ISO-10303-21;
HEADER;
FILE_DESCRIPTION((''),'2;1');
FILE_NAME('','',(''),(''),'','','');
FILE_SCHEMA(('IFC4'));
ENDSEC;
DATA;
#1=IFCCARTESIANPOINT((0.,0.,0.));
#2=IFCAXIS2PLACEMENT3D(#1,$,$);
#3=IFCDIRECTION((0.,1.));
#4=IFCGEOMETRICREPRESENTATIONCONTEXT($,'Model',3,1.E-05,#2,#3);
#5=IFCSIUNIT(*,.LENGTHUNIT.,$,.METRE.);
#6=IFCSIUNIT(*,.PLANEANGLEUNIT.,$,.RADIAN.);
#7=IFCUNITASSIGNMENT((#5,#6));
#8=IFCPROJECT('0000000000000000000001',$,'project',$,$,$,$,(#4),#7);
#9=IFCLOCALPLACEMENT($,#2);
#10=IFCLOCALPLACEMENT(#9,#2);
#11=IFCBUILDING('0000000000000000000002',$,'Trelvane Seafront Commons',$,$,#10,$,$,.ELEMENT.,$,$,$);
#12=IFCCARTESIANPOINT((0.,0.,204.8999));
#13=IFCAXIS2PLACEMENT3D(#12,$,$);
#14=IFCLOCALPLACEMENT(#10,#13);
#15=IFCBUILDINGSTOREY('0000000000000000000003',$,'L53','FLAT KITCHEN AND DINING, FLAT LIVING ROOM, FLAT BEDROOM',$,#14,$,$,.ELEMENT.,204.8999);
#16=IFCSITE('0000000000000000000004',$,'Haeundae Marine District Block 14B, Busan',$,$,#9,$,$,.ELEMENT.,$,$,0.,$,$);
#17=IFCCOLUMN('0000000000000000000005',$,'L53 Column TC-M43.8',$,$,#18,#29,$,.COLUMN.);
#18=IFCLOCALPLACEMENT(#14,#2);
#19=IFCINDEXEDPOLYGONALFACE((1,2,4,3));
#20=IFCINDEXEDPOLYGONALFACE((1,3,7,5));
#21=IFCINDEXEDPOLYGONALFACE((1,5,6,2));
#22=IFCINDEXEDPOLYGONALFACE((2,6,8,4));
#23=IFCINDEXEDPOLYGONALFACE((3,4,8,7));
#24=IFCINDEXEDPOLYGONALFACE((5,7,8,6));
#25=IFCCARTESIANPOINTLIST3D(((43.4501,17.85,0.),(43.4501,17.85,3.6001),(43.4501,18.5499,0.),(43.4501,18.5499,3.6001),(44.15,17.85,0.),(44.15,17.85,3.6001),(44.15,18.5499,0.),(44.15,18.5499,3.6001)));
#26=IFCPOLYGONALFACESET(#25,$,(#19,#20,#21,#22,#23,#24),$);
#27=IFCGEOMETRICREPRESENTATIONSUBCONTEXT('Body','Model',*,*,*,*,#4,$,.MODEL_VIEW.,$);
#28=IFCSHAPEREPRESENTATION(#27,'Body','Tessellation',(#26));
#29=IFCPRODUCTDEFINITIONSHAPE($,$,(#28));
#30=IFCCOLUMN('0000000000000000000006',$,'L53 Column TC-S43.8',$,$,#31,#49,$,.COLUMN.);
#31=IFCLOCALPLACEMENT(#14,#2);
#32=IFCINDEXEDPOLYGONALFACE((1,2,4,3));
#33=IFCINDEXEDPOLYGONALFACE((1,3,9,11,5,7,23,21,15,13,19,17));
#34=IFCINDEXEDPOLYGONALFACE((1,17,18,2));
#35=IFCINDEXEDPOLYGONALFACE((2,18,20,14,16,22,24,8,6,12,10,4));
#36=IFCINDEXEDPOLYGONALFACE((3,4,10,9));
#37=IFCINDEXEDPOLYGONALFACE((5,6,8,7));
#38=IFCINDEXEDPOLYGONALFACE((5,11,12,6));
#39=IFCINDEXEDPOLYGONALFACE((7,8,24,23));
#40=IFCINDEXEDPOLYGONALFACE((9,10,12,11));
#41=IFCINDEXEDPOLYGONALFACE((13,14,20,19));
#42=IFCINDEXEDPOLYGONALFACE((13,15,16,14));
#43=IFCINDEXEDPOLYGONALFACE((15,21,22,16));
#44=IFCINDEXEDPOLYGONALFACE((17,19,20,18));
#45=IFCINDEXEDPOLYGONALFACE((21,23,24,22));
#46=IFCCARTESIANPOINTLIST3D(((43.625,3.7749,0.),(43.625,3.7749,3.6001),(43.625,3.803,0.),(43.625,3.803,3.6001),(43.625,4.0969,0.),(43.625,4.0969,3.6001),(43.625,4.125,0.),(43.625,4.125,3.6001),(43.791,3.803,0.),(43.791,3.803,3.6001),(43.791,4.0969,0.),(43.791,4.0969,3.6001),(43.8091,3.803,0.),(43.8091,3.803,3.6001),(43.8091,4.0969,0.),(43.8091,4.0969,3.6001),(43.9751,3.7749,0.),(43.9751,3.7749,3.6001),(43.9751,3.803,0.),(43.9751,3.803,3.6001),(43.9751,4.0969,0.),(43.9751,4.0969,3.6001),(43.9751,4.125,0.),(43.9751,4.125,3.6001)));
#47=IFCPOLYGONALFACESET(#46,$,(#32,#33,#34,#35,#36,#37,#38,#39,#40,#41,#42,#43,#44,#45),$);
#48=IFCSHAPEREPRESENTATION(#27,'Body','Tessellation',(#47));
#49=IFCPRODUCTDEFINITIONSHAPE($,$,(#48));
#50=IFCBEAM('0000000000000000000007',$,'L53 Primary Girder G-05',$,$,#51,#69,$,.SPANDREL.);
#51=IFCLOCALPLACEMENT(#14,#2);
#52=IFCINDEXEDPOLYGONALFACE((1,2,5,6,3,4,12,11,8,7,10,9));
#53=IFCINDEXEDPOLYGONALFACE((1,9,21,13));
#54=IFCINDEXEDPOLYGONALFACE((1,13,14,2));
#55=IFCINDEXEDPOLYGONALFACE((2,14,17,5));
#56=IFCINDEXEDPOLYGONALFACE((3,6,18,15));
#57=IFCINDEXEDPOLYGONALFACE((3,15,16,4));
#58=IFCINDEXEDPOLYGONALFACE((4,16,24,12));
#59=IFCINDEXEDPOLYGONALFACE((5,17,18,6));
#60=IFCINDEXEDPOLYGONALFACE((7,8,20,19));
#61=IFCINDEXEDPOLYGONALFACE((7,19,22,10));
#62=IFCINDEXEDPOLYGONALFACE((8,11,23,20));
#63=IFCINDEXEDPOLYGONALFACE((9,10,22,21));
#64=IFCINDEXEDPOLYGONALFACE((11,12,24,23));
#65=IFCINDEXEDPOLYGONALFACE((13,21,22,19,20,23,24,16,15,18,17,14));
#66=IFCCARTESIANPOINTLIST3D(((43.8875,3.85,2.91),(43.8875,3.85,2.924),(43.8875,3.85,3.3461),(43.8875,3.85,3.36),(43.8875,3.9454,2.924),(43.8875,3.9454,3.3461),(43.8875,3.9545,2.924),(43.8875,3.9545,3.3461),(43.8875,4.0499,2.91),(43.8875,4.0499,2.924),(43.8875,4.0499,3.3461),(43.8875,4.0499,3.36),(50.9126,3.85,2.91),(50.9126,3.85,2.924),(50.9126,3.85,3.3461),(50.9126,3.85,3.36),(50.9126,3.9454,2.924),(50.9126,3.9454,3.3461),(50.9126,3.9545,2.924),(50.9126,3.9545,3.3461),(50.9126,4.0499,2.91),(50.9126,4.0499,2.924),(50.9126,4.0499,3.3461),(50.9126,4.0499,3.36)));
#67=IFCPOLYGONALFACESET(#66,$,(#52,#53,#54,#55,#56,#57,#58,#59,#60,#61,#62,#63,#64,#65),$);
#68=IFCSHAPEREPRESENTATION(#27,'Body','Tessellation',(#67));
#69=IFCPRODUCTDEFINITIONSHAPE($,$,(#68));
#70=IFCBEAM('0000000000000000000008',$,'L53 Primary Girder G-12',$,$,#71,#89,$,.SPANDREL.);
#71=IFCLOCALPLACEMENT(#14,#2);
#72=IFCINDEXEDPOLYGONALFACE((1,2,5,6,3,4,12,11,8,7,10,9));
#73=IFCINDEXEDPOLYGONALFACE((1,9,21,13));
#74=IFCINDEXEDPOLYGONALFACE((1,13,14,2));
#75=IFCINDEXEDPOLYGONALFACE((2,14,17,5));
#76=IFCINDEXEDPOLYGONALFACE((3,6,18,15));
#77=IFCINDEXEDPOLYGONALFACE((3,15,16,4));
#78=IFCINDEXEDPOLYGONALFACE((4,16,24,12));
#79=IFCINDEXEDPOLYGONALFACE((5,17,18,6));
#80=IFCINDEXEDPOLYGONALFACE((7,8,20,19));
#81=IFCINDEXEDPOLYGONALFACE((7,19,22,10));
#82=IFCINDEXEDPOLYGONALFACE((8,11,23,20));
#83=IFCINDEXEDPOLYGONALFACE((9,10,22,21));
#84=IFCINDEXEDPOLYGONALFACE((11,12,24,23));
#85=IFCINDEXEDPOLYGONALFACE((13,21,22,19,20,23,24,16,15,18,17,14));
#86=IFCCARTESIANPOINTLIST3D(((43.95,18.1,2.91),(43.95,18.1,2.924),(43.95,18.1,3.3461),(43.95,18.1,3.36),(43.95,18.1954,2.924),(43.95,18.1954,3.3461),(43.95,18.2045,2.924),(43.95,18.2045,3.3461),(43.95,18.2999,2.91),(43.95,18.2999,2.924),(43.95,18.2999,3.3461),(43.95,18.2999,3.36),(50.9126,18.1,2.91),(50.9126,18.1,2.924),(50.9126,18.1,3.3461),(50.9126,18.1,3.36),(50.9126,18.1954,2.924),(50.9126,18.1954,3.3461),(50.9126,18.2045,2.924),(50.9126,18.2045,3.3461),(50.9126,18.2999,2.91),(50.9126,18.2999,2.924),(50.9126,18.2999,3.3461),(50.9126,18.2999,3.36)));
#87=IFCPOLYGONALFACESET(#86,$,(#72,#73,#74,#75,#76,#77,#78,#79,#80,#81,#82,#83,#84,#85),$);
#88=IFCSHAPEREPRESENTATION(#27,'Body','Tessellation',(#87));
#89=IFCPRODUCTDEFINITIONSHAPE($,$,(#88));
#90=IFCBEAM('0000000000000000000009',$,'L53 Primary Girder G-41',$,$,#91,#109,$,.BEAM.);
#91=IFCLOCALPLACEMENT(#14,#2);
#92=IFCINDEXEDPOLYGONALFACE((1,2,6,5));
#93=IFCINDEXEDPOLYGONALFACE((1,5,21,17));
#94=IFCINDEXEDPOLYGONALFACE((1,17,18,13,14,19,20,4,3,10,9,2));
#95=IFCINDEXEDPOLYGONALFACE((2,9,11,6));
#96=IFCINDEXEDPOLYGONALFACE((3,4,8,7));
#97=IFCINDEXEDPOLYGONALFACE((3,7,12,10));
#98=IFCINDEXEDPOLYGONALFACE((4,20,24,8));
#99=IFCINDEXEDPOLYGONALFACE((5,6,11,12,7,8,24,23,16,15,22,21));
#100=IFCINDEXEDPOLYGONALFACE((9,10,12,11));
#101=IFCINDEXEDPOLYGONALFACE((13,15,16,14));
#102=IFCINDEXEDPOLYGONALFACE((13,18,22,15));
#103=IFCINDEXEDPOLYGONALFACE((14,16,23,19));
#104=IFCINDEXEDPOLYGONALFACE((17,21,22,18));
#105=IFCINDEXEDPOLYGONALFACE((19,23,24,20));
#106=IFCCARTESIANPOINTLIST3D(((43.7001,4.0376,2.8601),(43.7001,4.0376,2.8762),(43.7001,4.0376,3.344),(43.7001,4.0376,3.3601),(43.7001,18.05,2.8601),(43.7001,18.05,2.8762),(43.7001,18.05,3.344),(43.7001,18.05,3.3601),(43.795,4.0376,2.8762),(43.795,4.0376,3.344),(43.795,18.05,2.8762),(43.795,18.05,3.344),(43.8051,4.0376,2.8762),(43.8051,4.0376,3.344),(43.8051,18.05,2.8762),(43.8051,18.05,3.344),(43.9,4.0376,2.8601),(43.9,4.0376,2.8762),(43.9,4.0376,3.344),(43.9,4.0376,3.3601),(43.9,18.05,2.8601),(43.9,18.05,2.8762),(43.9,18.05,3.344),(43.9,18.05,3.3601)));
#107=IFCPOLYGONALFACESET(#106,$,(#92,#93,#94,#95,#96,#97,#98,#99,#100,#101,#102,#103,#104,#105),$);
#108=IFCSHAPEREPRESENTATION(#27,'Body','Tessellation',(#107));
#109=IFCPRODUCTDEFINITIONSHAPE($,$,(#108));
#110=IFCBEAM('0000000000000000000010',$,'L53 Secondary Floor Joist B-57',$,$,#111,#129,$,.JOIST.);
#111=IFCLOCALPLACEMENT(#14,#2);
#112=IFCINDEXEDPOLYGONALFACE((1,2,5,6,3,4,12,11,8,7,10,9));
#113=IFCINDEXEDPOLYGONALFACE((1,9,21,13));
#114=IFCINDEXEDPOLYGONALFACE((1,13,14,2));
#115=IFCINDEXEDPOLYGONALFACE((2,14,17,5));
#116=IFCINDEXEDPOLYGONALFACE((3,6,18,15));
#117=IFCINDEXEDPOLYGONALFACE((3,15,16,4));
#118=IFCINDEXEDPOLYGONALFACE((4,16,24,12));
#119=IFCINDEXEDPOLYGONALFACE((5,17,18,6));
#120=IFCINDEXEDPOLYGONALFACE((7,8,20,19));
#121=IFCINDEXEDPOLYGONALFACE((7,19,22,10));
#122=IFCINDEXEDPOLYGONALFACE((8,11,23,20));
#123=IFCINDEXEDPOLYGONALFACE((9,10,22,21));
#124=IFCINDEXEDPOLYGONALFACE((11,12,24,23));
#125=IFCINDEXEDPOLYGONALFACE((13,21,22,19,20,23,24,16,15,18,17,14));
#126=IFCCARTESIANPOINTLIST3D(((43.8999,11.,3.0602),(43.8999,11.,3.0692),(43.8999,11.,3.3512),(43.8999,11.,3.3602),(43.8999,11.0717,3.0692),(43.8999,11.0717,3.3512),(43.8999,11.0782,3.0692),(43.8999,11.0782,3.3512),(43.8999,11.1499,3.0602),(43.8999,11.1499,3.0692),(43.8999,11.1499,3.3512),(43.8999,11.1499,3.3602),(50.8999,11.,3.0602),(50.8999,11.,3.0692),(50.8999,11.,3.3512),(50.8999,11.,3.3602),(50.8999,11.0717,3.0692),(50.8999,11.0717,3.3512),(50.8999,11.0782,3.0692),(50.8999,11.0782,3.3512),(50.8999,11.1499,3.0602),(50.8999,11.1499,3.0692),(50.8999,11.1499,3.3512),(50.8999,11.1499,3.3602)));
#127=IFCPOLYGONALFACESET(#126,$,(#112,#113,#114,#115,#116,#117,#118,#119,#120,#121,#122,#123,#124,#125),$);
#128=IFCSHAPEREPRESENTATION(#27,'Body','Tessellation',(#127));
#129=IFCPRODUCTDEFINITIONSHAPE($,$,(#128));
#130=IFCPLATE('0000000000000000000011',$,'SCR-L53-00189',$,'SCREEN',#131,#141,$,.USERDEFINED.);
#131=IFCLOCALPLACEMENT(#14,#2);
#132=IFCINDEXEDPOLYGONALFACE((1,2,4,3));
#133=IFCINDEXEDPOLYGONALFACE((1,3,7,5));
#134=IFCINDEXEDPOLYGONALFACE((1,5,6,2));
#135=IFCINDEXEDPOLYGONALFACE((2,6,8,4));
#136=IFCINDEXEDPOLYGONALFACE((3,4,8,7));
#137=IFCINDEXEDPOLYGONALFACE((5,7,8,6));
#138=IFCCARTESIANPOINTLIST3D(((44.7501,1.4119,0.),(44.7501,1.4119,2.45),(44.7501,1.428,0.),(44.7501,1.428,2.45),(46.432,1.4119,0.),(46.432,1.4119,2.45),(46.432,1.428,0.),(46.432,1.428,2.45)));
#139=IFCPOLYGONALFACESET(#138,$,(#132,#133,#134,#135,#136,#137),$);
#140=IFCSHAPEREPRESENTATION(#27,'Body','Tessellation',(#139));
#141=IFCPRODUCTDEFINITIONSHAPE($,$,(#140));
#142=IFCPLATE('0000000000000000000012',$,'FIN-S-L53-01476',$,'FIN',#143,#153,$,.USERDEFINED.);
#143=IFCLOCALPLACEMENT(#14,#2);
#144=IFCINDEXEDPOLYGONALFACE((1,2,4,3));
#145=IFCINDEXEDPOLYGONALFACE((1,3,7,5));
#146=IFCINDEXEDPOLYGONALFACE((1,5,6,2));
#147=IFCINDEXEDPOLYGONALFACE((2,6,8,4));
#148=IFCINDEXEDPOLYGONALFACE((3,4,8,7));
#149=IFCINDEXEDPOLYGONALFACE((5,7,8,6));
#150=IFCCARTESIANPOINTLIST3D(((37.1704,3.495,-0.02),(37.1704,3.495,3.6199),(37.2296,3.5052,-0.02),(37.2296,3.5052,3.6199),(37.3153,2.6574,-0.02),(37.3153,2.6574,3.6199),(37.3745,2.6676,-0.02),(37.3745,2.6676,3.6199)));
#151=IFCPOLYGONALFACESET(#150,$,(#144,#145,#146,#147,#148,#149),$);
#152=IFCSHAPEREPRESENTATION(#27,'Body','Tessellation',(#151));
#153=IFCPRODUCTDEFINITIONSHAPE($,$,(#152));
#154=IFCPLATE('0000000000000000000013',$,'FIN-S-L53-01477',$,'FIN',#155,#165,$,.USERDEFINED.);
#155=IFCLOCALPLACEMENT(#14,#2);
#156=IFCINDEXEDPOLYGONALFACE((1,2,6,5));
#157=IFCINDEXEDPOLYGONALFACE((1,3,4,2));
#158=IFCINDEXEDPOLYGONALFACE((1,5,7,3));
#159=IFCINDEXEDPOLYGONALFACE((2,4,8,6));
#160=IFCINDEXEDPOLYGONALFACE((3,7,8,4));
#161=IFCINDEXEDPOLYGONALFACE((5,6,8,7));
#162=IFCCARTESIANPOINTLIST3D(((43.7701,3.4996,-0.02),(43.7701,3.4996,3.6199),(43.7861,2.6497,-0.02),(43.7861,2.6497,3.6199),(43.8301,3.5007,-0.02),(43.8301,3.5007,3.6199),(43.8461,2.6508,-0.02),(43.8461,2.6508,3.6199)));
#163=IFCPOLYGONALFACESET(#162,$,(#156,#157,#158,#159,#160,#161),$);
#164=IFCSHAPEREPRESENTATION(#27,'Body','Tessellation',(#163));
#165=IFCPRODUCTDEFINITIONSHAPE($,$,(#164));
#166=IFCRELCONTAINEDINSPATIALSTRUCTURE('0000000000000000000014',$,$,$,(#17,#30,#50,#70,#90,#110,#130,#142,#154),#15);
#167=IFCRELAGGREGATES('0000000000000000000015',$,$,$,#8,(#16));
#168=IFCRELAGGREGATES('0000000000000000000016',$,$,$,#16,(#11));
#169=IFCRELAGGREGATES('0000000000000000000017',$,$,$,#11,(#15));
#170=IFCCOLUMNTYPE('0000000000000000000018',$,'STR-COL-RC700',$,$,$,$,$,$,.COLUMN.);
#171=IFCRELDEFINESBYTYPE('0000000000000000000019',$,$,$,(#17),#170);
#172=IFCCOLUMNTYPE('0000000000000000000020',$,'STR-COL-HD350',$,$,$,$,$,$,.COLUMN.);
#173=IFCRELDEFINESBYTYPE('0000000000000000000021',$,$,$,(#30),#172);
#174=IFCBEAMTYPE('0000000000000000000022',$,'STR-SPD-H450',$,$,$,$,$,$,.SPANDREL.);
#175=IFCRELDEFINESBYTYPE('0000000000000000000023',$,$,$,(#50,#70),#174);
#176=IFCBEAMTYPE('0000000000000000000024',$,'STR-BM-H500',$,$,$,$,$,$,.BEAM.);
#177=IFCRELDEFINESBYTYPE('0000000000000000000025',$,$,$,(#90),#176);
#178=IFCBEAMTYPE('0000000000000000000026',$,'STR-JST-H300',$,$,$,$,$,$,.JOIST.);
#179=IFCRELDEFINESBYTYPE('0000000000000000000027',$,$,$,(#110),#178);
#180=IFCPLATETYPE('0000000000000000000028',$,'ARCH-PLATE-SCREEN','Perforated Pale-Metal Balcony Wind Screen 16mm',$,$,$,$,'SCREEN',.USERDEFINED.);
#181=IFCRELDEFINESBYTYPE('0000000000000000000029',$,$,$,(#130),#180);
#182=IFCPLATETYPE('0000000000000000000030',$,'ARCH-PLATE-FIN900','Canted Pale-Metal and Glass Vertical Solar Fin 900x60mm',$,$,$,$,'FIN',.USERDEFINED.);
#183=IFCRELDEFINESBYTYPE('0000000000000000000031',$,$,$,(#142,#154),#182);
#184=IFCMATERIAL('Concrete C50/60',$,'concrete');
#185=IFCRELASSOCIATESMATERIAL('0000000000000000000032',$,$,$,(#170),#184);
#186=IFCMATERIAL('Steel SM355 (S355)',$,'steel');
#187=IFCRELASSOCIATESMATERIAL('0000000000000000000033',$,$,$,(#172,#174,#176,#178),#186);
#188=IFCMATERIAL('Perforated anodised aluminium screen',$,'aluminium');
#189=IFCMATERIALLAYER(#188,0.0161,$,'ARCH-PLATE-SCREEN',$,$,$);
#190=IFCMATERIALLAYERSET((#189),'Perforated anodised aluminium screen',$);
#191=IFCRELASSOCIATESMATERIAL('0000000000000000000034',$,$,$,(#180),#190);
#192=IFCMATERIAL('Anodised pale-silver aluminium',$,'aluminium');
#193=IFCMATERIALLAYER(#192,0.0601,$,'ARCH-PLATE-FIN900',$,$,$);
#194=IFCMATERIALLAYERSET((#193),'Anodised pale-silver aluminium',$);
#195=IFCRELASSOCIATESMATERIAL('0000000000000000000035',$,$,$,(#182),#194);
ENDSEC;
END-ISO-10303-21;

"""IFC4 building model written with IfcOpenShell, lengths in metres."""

from ifc_helpers import new_model, si_unit, direction, frame, origin, origin_2d, place, context, subcontext, project, spatial, rectangle, i_section, extrude, source, transform, mapped, material, layer, layer_set, material_profile, profile_set, type_object, element, save


model = new_model("IFC4")

# Units and contexts
model_context = context("Model", 3, precision=1e-05, world=origin(), true_north=direction((0.0, 1.0)))
body_context = subcontext(model_context, "Body", "Model", "MODEL_VIEW")
ifc_project = project(units=[si_unit("LENGTHUNIT", "METRE"), si_unit("PLANEANGLEUNIT", "RADIAN")], contexts=[model_context])

# Site, building, storey
site_placement = place(None, origin())
site = spatial("IfcSite", under=ifc_project, at=site_placement, Name="Haeundae Marine District Block 14B, Busan", CompositionType="ELEMENT", RefElevation=0.0)
building_placement = place(site_placement, origin())
building = spatial("IfcBuilding", under=site, at=building_placement, Name="Trelvane Seafront Commons", CompositionType="ELEMENT")
storey_placement = place(building_placement, frame((0.0, 0.0, 204.8999)))
storey = spatial("IfcBuildingStorey", under=building, at=storey_placement, Name="L53", Description="FLAT KITCHEN AND DINING, FLAT LIVING ROOM, FLAT BEDROOM", CompositionType="ELEMENT", Elevation=204.8999)

# Columns
ifc_material_1 = material(Name="Concrete C50/60", Category="concrete")
ifc_material_profile_1 = material_profile(ifc_material_1, rectangle(XDim=0.7, YDim=0.7, at=origin_2d()), Name="RC-700x700")
ifc_profile_set_1 = profile_set([ifc_material_profile_1], Name="Concrete C50/60")
column_type_1 = type_object("IfcColumnType", Name="STR-COL-RC700", PredefinedType="COLUMN", material=ifc_profile_set_1)
shared_shape_1 = source(origin(), body_context, "Body", "SweptSolid", [
    extrude(rectangle(XDim=0.7, YDim=0.7, at=origin_2d()), origin(), (0.0, 0.0, 1.0), 3.6001),
])
column_1_placement = place(storey_placement, frame((43.8, 18.2, 0.0), z_axis=(0.0, 0.0, 1.0), x_axis=(1.0, 0.0, 0.0)))
element("IfcColumn", 1, at=column_1_placement, inside=storey, type_object=column_type_1, Name="L53 Column TC-M43.8", PredefinedType="COLUMN", context=body_context, shape_type="MappedRepresentation", body=[
    mapped(shared_shape_1, transform((0.0, 0.0, 0.0), x_axis=(1.0, 0.0, 0.0), y_axis=(0.0, 1.0, 0.0), z_axis=(0.0, 0.0, 1.0), scale=1.0)),
])
ifc_material_2 = material(Name="Steel SM355 (S355)", Category="steel")
ifc_material_profile_2 = material_profile(ifc_material_2, i_section(OverallWidth=0.3501, OverallDepth=0.3501, WebThickness=0.0181, FlangeThickness=0.0281, at=origin_2d()), Name="HD-350x350x18x28")
ifc_profile_set_2 = profile_set([ifc_material_profile_2], Name="Steel SM355 (S355)")
column_type_2 = type_object("IfcColumnType", Name="STR-COL-HD350", PredefinedType="COLUMN", material=ifc_profile_set_2)
shared_shape_2 = source(origin(), body_context, "Body", "SweptSolid", [
    extrude(i_section(OverallWidth=0.3501, OverallDepth=0.3501, WebThickness=0.0181, FlangeThickness=0.0281, at=origin_2d()), origin(), (0.0, 0.0, 1.0), 3.6001),
])
column_2_placement = place(storey_placement, frame((43.8, 3.95, 0.0), z_axis=(0.0, 0.0, 1.0), x_axis=(1.0, 0.0, 0.0)))
element("IfcColumn", 2, at=column_2_placement, inside=storey, type_object=column_type_2, Name="L53 Column TC-S43.8", PredefinedType="COLUMN", context=body_context, shape_type="MappedRepresentation", body=[
    mapped(shared_shape_2, transform((0.0, 0.0, 0.0), x_axis=(1.0, 0.0, 0.0), y_axis=(0.0, 1.0, 0.0), z_axis=(0.0, 0.0, 1.0), scale=1.0)),
])

# Beams
ifc_material_profile_3 = material_profile(ifc_material_2, i_section(OverallWidth=0.2, OverallDepth=0.45, WebThickness=0.009, FlangeThickness=0.0139, at=origin_2d()), Name="H-450x200x9x14")
ifc_profile_set_3 = profile_set([ifc_material_profile_3], Name="Steel SM355 (S355)")
beam_type_1 = type_object("IfcBeamType", Name="STR-SPD-H450", PredefinedType="SPANDREL", material=ifc_profile_set_3)
shared_shape_3 = source(origin(), body_context, "Body", "SweptSolid", [
    extrude(i_section(OverallWidth=0.2, OverallDepth=0.45, WebThickness=0.009, FlangeThickness=0.0139, at=origin_2d()), origin(), (0.0, 0.0, 1.0), 7.0251),
])
beam_1_placement = place(storey_placement, frame((43.8875, 3.95, 3.135), z_axis=(1.0, 0.0, 0.0), x_axis=(0.0, 1.0, 0.0)))
element("IfcBeam", 3, at=beam_1_placement, inside=storey, type_object=beam_type_1, Name="L53 Primary Girder G-05", PredefinedType="SPANDREL", context=body_context, shape_type="MappedRepresentation", body=[
    mapped(shared_shape_3, transform((0.0, 0.0, 0.0), x_axis=(1.0, 0.0, 0.0), y_axis=(0.0, 1.0, 0.0), z_axis=(0.0, 0.0, 1.0), scale=1.0)),
])
shared_shape_4 = source(origin(), body_context, "Body", "SweptSolid", [
    extrude(i_section(OverallWidth=0.2, OverallDepth=0.45, WebThickness=0.009, FlangeThickness=0.0139, at=origin_2d()), origin(), (0.0, 0.0, 1.0), 6.9626),
])
beam_2_placement = place(storey_placement, frame((43.95, 18.2, 3.135), z_axis=(1.0, 0.0, 0.0), x_axis=(0.0, 1.0, 0.0)))
element("IfcBeam", 4, at=beam_2_placement, inside=storey, type_object=beam_type_1, Name="L53 Primary Girder G-12", PredefinedType="SPANDREL", context=body_context, shape_type="MappedRepresentation", body=[
    mapped(shared_shape_4, transform((0.0, 0.0, 0.0), x_axis=(1.0, 0.0, 0.0), y_axis=(0.0, 1.0, 0.0), z_axis=(0.0, 0.0, 1.0), scale=1.0)),
])
ifc_material_profile_4 = material_profile(ifc_material_2, i_section(OverallWidth=0.2, OverallDepth=0.5, WebThickness=0.01, FlangeThickness=0.0161, at=origin_2d()), Name="H-500x200x10x16")
ifc_profile_set_4 = profile_set([ifc_material_profile_4], Name="Steel SM355 (S355)")
beam_type_2 = type_object("IfcBeamType", Name="STR-BM-H500", PredefinedType="BEAM", material=ifc_profile_set_4)
shared_shape_5 = source(origin(), body_context, "Body", "SweptSolid", [
    extrude(i_section(OverallWidth=0.2, OverallDepth=0.5, WebThickness=0.01, FlangeThickness=0.0161, at=origin_2d()), origin(), (0.0, 0.0, 1.0), 14.0125),
])
beam_3_placement = place(storey_placement, frame((43.8, 4.0376, 3.1101), z_axis=(0.0, 1.0, 0.0), x_axis=(-1.0, 0.0, 0.0)))
element("IfcBeam", 5, at=beam_3_placement, inside=storey, type_object=beam_type_2, Name="L53 Primary Girder G-41", PredefinedType="BEAM", context=body_context, shape_type="MappedRepresentation", body=[
    mapped(shared_shape_5, transform((0.0, 0.0, 0.0), x_axis=(1.0, 0.0, 0.0), y_axis=(0.0, 1.0, 0.0), z_axis=(0.0, 0.0, 1.0), scale=1.0)),
])
ifc_material_profile_5 = material_profile(ifc_material_2, i_section(OverallWidth=0.1499, OverallDepth=0.3, WebThickness=0.0066, FlangeThickness=0.009, at=origin_2d()), Name="H-300x150x6.5x9")
ifc_profile_set_5 = profile_set([ifc_material_profile_5], Name="Steel SM355 (S355)")
beam_type_3 = type_object("IfcBeamType", Name="STR-JST-H300", PredefinedType="JOIST", material=ifc_profile_set_5)
shared_shape_6 = source(origin(), body_context, "Body", "SweptSolid", [
    extrude(i_section(OverallWidth=0.1499, OverallDepth=0.3, WebThickness=0.0066, FlangeThickness=0.009, at=origin_2d()), origin(), (0.0, 0.0, 1.0), 7.0),
])
beam_4_placement = place(storey_placement, frame((43.8999, 11.075, 3.2102), z_axis=(1.0, 0.0, 0.0), x_axis=(0.0, 1.0, 0.0)))
element("IfcBeam", 6, at=beam_4_placement, inside=storey, type_object=beam_type_3, Name="L53 Secondary Floor Joist B-57", PredefinedType="JOIST", context=body_context, shape_type="MappedRepresentation", body=[
    mapped(shared_shape_6, transform((0.0, 0.0, 0.0), x_axis=(1.0, 0.0, 0.0), y_axis=(0.0, 1.0, 0.0), z_axis=(0.0, 0.0, 1.0), scale=1.0)),
])

# Plates
ifc_material_3 = material(Name="Perforated anodised aluminium screen", Category="aluminium")
ifc_layer_1 = layer(ifc_material_3, 0.0161, Name="ARCH-PLATE-SCREEN")
ifc_layer_set_1 = layer_set([ifc_layer_1], Name="Perforated anodised aluminium screen")
plate_type_1 = type_object("IfcPlateType", Name="ARCH-PLATE-SCREEN", Description="Perforated Pale-Metal Balcony Wind Screen 16mm", ElementType="SCREEN", PredefinedType="USERDEFINED", material=ifc_layer_set_1)
shared_shape_7 = source(origin(), body_context, "Body", "SweptSolid", [
    extrude(rectangle(XDim=1.6819, YDim=0.0161, at=origin_2d()), origin(), (0.0, 0.0, 1.0), 2.45),
])
plate_placement = place(storey_placement, frame((45.5911, 1.4199, 0.0), z_axis=(0.0, 0.0, 1.0), x_axis=(1.0, 0.0, 0.0)))
element("IfcPlate", 7, at=plate_placement, inside=storey, type_object=plate_type_1, Name="SCR-L53-00189", ObjectType="SCREEN", PredefinedType="USERDEFINED", context=body_context, shape_type="MappedRepresentation", body=[
    mapped(shared_shape_7, transform((0.0, 0.0, 0.0), x_axis=(1.0, 0.0, 0.0), y_axis=(0.0, 1.0, 0.0), z_axis=(0.0, 0.0, 1.0), scale=1.0)),
])
ifc_material_4 = material(Name="Anodised pale-silver aluminium", Category="aluminium")
ifc_layer_2 = layer(ifc_material_4, 0.0601, Name="ARCH-PLATE-FIN900")
ifc_layer_set_2 = layer_set([ifc_layer_2], Name="Anodised pale-silver aluminium")
plate_type_2 = type_object("IfcPlateType", Name="ARCH-PLATE-FIN900", Description="Canted Pale-Metal and Glass Vertical Solar Fin 900x60mm", ElementType="FIN", PredefinedType="USERDEFINED", material=ifc_layer_set_2)
shared_shape_8 = source(origin(), body_context, "Body", "SweptSolid", [
    extrude(rectangle(XDim=0.8501, YDim=0.0601, at=origin_2d()), origin(), (0.0, 0.0, 1.0), 3.6399),
])
for number, where, z_axis, x_axis, name in (
    (8, (37.2725, 3.0813, -0.02), (0.0, 0.0, 1.0), (0.170462, -0.985364, 0.0), "FIN-S-L53-01476"),
    (9, (43.8081, 3.0752, -0.02), (0.0, 0.0, 1.0), (0.018824, -0.999823, 0.0), "FIN-S-L53-01477"),
):
    element("IfcPlate", number, at=place(storey_placement, frame(where, z_axis=z_axis, x_axis=x_axis)), inside=storey, type_object=plate_type_2, Name=name, ObjectType="FIN", PredefinedType="USERDEFINED", context=body_context, shape_type="MappedRepresentation", body=[
        mapped(shared_shape_8, transform((0.0, 0.0, 0.0), x_axis=(1.0, 0.0, 0.0), y_axis=(0.0, 1.0, 0.0), z_axis=(0.0, 0.0, 1.0), scale=1.0)),
    ])

save(model, "model.ifc")
